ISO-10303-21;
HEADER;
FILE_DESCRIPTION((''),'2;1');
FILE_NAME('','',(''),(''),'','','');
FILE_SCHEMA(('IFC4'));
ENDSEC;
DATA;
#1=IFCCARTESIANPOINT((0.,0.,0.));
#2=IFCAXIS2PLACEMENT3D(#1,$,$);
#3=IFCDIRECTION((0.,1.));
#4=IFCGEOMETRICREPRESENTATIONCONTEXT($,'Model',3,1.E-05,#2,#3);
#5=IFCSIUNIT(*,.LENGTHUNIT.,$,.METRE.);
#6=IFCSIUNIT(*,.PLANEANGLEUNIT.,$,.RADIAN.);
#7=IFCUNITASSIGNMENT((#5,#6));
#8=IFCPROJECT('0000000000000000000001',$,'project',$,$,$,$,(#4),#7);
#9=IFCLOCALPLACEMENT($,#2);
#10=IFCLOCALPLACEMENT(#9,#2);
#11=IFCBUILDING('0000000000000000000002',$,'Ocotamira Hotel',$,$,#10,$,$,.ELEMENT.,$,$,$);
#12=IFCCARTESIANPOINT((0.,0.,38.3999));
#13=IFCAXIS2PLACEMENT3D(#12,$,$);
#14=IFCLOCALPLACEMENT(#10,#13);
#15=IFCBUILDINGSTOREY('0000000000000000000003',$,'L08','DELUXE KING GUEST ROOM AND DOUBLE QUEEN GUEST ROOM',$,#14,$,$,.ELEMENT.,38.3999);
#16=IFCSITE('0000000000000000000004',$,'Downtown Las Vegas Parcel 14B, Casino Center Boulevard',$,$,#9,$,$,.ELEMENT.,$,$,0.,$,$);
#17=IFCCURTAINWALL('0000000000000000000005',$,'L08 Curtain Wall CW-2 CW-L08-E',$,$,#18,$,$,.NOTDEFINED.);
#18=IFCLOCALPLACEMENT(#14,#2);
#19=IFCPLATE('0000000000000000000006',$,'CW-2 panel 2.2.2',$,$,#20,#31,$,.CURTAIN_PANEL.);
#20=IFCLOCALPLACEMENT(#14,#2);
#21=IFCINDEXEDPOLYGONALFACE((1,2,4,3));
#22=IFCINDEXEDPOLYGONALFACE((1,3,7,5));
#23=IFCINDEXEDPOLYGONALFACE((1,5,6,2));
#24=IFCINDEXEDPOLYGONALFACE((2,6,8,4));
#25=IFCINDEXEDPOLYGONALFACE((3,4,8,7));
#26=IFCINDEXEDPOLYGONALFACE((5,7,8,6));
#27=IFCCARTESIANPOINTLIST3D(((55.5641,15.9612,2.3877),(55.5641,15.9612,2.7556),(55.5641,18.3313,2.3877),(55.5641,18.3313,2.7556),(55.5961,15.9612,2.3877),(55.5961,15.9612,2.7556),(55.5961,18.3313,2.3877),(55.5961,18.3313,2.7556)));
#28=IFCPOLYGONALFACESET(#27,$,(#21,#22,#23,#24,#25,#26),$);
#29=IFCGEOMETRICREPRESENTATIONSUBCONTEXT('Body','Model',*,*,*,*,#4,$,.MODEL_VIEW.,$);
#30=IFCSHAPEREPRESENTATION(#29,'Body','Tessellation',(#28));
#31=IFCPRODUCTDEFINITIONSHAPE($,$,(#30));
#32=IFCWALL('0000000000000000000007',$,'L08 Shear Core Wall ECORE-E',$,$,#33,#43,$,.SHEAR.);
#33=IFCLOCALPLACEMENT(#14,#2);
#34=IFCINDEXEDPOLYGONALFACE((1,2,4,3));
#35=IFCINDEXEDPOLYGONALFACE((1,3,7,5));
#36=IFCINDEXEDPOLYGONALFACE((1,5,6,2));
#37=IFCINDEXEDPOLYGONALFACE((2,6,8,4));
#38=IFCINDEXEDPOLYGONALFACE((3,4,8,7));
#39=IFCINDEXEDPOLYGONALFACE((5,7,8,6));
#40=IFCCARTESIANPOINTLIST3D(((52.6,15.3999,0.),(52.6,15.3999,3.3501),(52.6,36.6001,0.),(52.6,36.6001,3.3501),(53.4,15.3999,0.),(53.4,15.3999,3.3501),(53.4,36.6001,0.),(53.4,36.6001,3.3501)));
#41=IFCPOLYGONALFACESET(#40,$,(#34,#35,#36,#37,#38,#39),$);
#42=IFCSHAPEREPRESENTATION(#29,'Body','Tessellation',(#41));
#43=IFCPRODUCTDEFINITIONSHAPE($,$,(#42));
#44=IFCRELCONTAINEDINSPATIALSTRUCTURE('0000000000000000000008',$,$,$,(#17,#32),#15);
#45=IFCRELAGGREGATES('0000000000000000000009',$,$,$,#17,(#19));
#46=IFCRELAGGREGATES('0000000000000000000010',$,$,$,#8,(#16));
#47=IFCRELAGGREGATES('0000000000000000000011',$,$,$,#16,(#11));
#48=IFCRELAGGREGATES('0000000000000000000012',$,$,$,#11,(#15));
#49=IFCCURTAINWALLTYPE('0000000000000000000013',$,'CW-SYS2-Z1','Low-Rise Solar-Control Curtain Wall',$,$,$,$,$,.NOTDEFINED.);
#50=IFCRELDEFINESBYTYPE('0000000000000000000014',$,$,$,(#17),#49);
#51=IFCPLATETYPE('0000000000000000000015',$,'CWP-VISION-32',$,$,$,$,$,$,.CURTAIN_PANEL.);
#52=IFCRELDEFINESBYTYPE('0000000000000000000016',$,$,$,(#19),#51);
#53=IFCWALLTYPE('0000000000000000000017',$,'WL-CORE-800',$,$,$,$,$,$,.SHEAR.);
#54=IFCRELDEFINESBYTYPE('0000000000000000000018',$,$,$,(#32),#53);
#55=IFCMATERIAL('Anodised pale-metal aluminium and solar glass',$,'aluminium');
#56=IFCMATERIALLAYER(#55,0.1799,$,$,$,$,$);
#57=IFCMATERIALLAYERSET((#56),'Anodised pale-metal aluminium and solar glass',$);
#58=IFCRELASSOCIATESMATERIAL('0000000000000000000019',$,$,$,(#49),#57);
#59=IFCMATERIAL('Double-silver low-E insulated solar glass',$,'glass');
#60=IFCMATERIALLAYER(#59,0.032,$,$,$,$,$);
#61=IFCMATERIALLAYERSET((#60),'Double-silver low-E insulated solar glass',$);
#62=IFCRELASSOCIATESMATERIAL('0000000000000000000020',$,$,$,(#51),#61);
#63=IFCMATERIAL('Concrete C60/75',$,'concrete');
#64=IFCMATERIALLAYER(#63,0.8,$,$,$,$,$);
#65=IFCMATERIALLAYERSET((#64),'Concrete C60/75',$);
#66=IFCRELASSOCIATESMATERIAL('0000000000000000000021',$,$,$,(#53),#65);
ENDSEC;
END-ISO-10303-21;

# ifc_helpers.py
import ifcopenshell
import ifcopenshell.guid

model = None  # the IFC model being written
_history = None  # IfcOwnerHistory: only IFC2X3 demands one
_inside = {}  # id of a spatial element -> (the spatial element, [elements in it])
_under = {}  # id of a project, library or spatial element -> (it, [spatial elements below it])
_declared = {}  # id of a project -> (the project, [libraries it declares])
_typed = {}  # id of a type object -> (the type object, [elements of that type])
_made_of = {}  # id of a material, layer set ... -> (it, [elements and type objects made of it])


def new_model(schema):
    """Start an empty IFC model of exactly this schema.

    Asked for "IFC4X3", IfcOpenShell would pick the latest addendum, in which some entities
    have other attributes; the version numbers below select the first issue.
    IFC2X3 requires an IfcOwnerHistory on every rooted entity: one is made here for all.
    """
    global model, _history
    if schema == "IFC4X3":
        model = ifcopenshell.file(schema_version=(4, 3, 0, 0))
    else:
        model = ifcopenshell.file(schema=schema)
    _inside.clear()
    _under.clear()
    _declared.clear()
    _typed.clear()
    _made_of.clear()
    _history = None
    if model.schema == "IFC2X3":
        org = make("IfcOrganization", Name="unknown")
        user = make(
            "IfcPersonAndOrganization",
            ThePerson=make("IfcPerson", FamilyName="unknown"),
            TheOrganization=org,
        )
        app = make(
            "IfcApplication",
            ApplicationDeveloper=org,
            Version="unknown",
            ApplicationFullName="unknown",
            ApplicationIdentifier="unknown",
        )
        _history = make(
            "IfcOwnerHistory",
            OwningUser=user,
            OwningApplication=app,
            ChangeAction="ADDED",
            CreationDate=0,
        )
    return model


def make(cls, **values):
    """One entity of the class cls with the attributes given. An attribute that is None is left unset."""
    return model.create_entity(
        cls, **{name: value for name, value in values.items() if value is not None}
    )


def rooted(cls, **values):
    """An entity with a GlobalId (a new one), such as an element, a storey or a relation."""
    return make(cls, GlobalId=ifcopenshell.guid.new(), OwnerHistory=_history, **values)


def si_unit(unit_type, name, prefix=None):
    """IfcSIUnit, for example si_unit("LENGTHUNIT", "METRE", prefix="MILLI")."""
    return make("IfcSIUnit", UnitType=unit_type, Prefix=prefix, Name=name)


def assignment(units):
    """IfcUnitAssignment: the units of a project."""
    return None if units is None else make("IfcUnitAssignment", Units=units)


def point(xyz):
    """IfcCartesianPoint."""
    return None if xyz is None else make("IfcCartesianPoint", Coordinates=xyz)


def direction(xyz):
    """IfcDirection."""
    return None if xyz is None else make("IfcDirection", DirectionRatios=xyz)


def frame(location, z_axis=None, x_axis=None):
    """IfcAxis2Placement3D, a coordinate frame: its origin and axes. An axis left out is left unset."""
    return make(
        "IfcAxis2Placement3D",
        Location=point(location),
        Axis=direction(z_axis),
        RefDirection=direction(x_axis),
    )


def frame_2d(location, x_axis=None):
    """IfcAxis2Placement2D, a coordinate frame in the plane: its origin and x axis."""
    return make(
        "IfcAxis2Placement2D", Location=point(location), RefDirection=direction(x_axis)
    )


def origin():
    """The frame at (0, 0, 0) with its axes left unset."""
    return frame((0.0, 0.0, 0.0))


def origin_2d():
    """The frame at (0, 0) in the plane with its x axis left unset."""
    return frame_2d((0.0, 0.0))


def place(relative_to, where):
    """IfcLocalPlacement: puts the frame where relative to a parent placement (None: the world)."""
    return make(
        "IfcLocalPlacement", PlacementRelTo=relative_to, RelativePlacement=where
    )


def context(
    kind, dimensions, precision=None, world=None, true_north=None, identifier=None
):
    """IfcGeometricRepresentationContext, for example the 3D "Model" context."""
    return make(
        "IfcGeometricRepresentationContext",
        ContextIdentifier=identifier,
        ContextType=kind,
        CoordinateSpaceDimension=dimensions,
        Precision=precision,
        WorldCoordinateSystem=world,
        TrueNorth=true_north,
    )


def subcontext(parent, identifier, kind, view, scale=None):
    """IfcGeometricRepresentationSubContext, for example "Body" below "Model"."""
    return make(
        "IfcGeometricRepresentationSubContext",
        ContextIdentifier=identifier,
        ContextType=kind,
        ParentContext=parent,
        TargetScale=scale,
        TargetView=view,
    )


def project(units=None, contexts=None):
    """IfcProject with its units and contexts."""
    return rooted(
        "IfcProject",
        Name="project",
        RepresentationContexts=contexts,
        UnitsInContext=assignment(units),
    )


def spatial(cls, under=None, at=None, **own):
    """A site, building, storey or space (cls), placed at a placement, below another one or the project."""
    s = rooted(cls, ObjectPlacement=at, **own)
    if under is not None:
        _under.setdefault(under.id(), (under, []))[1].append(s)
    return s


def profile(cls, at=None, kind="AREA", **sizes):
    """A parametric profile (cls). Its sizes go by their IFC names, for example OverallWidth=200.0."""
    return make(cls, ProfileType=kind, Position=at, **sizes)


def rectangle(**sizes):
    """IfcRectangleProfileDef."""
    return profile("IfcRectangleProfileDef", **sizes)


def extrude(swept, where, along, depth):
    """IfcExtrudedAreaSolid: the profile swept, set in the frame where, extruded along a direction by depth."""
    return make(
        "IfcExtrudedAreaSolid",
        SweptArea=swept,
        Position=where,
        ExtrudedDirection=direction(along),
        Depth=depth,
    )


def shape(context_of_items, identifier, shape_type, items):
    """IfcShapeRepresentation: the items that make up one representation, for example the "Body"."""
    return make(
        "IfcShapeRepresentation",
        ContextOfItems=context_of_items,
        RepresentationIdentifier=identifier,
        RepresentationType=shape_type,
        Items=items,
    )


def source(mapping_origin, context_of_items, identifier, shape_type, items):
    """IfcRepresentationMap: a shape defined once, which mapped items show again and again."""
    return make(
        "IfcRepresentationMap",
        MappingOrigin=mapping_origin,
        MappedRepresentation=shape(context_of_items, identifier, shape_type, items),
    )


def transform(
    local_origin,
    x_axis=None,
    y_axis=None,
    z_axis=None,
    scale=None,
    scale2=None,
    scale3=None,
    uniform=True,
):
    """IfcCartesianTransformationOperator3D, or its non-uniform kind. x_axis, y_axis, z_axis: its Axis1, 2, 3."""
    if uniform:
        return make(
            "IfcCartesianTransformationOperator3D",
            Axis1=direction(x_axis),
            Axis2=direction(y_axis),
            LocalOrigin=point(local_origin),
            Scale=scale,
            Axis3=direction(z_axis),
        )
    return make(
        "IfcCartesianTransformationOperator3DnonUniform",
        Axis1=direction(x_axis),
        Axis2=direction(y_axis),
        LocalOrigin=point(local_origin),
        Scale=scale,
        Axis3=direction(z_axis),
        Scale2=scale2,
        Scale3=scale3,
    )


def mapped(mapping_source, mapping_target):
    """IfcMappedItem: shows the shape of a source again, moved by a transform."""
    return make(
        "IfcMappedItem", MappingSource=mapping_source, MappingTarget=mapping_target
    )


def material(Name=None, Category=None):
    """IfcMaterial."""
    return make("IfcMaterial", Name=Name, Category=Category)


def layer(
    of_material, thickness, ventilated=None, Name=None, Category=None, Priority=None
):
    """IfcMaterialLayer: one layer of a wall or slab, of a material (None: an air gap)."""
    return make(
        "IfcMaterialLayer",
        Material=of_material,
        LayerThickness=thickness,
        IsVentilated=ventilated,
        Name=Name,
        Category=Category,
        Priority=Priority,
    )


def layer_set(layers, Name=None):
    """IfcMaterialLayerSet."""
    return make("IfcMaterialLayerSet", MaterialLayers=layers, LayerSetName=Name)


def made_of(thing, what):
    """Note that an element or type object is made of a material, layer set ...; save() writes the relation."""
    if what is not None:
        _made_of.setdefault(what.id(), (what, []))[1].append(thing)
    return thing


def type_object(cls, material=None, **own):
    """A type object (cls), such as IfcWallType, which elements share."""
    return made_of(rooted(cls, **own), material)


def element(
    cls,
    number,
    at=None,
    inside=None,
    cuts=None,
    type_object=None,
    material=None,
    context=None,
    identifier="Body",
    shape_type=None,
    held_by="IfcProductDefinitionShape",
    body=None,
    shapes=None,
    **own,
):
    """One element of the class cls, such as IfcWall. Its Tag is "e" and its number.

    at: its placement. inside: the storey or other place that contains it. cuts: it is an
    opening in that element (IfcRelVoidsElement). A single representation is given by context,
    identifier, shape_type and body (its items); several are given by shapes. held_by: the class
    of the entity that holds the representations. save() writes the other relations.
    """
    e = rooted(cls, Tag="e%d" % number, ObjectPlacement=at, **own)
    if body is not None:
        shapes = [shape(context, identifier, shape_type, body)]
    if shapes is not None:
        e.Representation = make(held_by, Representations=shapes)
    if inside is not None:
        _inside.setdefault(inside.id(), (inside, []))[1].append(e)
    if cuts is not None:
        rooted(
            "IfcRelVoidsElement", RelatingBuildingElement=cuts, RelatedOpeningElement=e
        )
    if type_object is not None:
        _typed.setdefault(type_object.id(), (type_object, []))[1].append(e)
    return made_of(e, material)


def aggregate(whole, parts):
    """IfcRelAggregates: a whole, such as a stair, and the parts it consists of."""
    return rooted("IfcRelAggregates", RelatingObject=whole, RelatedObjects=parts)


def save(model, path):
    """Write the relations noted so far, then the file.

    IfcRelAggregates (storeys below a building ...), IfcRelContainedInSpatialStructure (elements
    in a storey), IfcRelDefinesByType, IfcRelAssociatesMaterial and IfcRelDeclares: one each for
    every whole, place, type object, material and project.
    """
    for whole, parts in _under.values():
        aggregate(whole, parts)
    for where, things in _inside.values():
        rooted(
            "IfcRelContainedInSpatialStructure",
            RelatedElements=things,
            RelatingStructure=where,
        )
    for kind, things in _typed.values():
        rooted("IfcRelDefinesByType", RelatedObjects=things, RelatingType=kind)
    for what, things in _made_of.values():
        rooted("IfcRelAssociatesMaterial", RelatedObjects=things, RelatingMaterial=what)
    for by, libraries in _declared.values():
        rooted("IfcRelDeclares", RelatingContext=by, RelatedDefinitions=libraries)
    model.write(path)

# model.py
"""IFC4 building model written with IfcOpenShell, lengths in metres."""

from ifc_helpers import new_model, si_unit, direction, frame, frame_2d, origin, origin_2d, place, context, subcontext, project, spatial, rectangle, extrude, source, transform, mapped, material, layer, layer_set, type_object, element, aggregate, save


model = new_model("IFC4")

# Units and contexts
model_context = context("Model", 3, precision=1e-05, world=origin(), true_north=direction((0.0, 1.0)))
body_context = subcontext(model_context, "Body", "Model", "MODEL_VIEW")
ifc_project = project(units=[si_unit("LENGTHUNIT", "METRE"), si_unit("PLANEANGLEUNIT", "RADIAN")], contexts=[model_context])

# Site, building, storey
site_placement = place(None, origin())
site = spatial("IfcSite", under=ifc_project, at=site_placement, Name="Downtown Las Vegas Parcel 14B, Casino Center Boulevard", CompositionType="ELEMENT", RefElevation=0.0)
building_placement = place(site_placement, origin())
building = spatial("IfcBuilding", under=site, at=building_placement, Name="Ocotamira Hotel", CompositionType="ELEMENT")
storey_placement = place(building_placement, frame((0.0, 0.0, 38.3999)))
storey = spatial("IfcBuildingStorey", under=building, at=storey_placement, Name="L08", Description="DELUXE KING GUEST ROOM AND DOUBLE QUEEN GUEST ROOM", CompositionType="ELEMENT", Elevation=38.3999)

# Curtain wall
ifc_material_1 = material(Name="Anodised pale-metal aluminium and solar glass", Category="aluminium")
ifc_layer_1 = layer(ifc_material_1, 0.1799)
ifc_layer_set_1 = layer_set([ifc_layer_1], Name="Anodised pale-metal aluminium and solar glass")
curtain_wall_type = type_object("IfcCurtainWallType", Name="CW-SYS2-Z1", Description="Low-Rise Solar-Control Curtain Wall", PredefinedType="NOTDEFINED", material=ifc_layer_set_1)
curtain_wall_placement = place(storey_placement, origin())
curtain_wall = element("IfcCurtainWall", 1, at=curtain_wall_placement, inside=storey, type_object=curtain_wall_type, Name="L08 Curtain Wall CW-2 CW-L08-E", PredefinedType="NOTDEFINED")

# Plate
ifc_material_2 = material(Name="Double-silver low-E insulated solar glass", Category="glass")
ifc_layer_2 = layer(ifc_material_2, 0.032)
ifc_layer_set_2 = layer_set([ifc_layer_2], Name="Double-silver low-E insulated solar glass")
plate_type_1 = type_object("IfcPlateType", Name="CWP-VISION-32", PredefinedType="CURTAIN_PANEL", material=ifc_layer_set_2)
shared_shape_1 = source(origin(), body_context, "Body", "SweptSolid", [
    extrude(rectangle(XDim=2.3701, YDim=0.032, at=origin_2d()), origin(), (0.0, 0.0, 1.0), 0.3679),
])
plate_1_placement = place(storey_placement, frame((55.5801, 17.1462, 2.3877), z_axis=(0.0, 0.0, 1.0), x_axis=(0.0, 1.0, 0.0)))
plate_1 = element("IfcPlate", 2, at=plate_1_placement, type_object=plate_type_1, Name="CW-2 panel 2.2.2", PredefinedType="CURTAIN_PANEL", context=body_context, shape_type="MappedRepresentation", body=[
    mapped(shared_shape_1, transform((0.0, 0.0, 0.0), scale=1.0)),
])
aggregate(curtain_wall, [plate_1])

# Wall
ifc_material_3 = material(Name="Concrete C60/75", Category="concrete")
ifc_layer_3 = layer(ifc_material_3, 0.8)
ifc_layer_set_3 = layer_set([ifc_layer_3], Name="Concrete C60/75")
wall_type = type_object("IfcWallType", Name="WL-CORE-800", PredefinedType="SHEAR", material=ifc_layer_set_3)
wall_placement = place(storey_placement, frame((53.0, 15.3999, 0.0), z_axis=(0.0, 0.0, 1.0), x_axis=(0.0, 1.0, 0.0)))
element("IfcWall", 3, at=wall_placement, inside=storey, type_object=wall_type, Name="L08 Shear Core Wall ECORE-E", PredefinedType="SHEAR", context=body_context, shape_type="SweptSolid", body=[
    extrude(rectangle(XDim=21.2002, YDim=0.8, at=frame_2d((10.6001, 0.0))), origin(), (0.0, 0.0, 1.0), 3.3501),
])

save(model, "model.ifc")
